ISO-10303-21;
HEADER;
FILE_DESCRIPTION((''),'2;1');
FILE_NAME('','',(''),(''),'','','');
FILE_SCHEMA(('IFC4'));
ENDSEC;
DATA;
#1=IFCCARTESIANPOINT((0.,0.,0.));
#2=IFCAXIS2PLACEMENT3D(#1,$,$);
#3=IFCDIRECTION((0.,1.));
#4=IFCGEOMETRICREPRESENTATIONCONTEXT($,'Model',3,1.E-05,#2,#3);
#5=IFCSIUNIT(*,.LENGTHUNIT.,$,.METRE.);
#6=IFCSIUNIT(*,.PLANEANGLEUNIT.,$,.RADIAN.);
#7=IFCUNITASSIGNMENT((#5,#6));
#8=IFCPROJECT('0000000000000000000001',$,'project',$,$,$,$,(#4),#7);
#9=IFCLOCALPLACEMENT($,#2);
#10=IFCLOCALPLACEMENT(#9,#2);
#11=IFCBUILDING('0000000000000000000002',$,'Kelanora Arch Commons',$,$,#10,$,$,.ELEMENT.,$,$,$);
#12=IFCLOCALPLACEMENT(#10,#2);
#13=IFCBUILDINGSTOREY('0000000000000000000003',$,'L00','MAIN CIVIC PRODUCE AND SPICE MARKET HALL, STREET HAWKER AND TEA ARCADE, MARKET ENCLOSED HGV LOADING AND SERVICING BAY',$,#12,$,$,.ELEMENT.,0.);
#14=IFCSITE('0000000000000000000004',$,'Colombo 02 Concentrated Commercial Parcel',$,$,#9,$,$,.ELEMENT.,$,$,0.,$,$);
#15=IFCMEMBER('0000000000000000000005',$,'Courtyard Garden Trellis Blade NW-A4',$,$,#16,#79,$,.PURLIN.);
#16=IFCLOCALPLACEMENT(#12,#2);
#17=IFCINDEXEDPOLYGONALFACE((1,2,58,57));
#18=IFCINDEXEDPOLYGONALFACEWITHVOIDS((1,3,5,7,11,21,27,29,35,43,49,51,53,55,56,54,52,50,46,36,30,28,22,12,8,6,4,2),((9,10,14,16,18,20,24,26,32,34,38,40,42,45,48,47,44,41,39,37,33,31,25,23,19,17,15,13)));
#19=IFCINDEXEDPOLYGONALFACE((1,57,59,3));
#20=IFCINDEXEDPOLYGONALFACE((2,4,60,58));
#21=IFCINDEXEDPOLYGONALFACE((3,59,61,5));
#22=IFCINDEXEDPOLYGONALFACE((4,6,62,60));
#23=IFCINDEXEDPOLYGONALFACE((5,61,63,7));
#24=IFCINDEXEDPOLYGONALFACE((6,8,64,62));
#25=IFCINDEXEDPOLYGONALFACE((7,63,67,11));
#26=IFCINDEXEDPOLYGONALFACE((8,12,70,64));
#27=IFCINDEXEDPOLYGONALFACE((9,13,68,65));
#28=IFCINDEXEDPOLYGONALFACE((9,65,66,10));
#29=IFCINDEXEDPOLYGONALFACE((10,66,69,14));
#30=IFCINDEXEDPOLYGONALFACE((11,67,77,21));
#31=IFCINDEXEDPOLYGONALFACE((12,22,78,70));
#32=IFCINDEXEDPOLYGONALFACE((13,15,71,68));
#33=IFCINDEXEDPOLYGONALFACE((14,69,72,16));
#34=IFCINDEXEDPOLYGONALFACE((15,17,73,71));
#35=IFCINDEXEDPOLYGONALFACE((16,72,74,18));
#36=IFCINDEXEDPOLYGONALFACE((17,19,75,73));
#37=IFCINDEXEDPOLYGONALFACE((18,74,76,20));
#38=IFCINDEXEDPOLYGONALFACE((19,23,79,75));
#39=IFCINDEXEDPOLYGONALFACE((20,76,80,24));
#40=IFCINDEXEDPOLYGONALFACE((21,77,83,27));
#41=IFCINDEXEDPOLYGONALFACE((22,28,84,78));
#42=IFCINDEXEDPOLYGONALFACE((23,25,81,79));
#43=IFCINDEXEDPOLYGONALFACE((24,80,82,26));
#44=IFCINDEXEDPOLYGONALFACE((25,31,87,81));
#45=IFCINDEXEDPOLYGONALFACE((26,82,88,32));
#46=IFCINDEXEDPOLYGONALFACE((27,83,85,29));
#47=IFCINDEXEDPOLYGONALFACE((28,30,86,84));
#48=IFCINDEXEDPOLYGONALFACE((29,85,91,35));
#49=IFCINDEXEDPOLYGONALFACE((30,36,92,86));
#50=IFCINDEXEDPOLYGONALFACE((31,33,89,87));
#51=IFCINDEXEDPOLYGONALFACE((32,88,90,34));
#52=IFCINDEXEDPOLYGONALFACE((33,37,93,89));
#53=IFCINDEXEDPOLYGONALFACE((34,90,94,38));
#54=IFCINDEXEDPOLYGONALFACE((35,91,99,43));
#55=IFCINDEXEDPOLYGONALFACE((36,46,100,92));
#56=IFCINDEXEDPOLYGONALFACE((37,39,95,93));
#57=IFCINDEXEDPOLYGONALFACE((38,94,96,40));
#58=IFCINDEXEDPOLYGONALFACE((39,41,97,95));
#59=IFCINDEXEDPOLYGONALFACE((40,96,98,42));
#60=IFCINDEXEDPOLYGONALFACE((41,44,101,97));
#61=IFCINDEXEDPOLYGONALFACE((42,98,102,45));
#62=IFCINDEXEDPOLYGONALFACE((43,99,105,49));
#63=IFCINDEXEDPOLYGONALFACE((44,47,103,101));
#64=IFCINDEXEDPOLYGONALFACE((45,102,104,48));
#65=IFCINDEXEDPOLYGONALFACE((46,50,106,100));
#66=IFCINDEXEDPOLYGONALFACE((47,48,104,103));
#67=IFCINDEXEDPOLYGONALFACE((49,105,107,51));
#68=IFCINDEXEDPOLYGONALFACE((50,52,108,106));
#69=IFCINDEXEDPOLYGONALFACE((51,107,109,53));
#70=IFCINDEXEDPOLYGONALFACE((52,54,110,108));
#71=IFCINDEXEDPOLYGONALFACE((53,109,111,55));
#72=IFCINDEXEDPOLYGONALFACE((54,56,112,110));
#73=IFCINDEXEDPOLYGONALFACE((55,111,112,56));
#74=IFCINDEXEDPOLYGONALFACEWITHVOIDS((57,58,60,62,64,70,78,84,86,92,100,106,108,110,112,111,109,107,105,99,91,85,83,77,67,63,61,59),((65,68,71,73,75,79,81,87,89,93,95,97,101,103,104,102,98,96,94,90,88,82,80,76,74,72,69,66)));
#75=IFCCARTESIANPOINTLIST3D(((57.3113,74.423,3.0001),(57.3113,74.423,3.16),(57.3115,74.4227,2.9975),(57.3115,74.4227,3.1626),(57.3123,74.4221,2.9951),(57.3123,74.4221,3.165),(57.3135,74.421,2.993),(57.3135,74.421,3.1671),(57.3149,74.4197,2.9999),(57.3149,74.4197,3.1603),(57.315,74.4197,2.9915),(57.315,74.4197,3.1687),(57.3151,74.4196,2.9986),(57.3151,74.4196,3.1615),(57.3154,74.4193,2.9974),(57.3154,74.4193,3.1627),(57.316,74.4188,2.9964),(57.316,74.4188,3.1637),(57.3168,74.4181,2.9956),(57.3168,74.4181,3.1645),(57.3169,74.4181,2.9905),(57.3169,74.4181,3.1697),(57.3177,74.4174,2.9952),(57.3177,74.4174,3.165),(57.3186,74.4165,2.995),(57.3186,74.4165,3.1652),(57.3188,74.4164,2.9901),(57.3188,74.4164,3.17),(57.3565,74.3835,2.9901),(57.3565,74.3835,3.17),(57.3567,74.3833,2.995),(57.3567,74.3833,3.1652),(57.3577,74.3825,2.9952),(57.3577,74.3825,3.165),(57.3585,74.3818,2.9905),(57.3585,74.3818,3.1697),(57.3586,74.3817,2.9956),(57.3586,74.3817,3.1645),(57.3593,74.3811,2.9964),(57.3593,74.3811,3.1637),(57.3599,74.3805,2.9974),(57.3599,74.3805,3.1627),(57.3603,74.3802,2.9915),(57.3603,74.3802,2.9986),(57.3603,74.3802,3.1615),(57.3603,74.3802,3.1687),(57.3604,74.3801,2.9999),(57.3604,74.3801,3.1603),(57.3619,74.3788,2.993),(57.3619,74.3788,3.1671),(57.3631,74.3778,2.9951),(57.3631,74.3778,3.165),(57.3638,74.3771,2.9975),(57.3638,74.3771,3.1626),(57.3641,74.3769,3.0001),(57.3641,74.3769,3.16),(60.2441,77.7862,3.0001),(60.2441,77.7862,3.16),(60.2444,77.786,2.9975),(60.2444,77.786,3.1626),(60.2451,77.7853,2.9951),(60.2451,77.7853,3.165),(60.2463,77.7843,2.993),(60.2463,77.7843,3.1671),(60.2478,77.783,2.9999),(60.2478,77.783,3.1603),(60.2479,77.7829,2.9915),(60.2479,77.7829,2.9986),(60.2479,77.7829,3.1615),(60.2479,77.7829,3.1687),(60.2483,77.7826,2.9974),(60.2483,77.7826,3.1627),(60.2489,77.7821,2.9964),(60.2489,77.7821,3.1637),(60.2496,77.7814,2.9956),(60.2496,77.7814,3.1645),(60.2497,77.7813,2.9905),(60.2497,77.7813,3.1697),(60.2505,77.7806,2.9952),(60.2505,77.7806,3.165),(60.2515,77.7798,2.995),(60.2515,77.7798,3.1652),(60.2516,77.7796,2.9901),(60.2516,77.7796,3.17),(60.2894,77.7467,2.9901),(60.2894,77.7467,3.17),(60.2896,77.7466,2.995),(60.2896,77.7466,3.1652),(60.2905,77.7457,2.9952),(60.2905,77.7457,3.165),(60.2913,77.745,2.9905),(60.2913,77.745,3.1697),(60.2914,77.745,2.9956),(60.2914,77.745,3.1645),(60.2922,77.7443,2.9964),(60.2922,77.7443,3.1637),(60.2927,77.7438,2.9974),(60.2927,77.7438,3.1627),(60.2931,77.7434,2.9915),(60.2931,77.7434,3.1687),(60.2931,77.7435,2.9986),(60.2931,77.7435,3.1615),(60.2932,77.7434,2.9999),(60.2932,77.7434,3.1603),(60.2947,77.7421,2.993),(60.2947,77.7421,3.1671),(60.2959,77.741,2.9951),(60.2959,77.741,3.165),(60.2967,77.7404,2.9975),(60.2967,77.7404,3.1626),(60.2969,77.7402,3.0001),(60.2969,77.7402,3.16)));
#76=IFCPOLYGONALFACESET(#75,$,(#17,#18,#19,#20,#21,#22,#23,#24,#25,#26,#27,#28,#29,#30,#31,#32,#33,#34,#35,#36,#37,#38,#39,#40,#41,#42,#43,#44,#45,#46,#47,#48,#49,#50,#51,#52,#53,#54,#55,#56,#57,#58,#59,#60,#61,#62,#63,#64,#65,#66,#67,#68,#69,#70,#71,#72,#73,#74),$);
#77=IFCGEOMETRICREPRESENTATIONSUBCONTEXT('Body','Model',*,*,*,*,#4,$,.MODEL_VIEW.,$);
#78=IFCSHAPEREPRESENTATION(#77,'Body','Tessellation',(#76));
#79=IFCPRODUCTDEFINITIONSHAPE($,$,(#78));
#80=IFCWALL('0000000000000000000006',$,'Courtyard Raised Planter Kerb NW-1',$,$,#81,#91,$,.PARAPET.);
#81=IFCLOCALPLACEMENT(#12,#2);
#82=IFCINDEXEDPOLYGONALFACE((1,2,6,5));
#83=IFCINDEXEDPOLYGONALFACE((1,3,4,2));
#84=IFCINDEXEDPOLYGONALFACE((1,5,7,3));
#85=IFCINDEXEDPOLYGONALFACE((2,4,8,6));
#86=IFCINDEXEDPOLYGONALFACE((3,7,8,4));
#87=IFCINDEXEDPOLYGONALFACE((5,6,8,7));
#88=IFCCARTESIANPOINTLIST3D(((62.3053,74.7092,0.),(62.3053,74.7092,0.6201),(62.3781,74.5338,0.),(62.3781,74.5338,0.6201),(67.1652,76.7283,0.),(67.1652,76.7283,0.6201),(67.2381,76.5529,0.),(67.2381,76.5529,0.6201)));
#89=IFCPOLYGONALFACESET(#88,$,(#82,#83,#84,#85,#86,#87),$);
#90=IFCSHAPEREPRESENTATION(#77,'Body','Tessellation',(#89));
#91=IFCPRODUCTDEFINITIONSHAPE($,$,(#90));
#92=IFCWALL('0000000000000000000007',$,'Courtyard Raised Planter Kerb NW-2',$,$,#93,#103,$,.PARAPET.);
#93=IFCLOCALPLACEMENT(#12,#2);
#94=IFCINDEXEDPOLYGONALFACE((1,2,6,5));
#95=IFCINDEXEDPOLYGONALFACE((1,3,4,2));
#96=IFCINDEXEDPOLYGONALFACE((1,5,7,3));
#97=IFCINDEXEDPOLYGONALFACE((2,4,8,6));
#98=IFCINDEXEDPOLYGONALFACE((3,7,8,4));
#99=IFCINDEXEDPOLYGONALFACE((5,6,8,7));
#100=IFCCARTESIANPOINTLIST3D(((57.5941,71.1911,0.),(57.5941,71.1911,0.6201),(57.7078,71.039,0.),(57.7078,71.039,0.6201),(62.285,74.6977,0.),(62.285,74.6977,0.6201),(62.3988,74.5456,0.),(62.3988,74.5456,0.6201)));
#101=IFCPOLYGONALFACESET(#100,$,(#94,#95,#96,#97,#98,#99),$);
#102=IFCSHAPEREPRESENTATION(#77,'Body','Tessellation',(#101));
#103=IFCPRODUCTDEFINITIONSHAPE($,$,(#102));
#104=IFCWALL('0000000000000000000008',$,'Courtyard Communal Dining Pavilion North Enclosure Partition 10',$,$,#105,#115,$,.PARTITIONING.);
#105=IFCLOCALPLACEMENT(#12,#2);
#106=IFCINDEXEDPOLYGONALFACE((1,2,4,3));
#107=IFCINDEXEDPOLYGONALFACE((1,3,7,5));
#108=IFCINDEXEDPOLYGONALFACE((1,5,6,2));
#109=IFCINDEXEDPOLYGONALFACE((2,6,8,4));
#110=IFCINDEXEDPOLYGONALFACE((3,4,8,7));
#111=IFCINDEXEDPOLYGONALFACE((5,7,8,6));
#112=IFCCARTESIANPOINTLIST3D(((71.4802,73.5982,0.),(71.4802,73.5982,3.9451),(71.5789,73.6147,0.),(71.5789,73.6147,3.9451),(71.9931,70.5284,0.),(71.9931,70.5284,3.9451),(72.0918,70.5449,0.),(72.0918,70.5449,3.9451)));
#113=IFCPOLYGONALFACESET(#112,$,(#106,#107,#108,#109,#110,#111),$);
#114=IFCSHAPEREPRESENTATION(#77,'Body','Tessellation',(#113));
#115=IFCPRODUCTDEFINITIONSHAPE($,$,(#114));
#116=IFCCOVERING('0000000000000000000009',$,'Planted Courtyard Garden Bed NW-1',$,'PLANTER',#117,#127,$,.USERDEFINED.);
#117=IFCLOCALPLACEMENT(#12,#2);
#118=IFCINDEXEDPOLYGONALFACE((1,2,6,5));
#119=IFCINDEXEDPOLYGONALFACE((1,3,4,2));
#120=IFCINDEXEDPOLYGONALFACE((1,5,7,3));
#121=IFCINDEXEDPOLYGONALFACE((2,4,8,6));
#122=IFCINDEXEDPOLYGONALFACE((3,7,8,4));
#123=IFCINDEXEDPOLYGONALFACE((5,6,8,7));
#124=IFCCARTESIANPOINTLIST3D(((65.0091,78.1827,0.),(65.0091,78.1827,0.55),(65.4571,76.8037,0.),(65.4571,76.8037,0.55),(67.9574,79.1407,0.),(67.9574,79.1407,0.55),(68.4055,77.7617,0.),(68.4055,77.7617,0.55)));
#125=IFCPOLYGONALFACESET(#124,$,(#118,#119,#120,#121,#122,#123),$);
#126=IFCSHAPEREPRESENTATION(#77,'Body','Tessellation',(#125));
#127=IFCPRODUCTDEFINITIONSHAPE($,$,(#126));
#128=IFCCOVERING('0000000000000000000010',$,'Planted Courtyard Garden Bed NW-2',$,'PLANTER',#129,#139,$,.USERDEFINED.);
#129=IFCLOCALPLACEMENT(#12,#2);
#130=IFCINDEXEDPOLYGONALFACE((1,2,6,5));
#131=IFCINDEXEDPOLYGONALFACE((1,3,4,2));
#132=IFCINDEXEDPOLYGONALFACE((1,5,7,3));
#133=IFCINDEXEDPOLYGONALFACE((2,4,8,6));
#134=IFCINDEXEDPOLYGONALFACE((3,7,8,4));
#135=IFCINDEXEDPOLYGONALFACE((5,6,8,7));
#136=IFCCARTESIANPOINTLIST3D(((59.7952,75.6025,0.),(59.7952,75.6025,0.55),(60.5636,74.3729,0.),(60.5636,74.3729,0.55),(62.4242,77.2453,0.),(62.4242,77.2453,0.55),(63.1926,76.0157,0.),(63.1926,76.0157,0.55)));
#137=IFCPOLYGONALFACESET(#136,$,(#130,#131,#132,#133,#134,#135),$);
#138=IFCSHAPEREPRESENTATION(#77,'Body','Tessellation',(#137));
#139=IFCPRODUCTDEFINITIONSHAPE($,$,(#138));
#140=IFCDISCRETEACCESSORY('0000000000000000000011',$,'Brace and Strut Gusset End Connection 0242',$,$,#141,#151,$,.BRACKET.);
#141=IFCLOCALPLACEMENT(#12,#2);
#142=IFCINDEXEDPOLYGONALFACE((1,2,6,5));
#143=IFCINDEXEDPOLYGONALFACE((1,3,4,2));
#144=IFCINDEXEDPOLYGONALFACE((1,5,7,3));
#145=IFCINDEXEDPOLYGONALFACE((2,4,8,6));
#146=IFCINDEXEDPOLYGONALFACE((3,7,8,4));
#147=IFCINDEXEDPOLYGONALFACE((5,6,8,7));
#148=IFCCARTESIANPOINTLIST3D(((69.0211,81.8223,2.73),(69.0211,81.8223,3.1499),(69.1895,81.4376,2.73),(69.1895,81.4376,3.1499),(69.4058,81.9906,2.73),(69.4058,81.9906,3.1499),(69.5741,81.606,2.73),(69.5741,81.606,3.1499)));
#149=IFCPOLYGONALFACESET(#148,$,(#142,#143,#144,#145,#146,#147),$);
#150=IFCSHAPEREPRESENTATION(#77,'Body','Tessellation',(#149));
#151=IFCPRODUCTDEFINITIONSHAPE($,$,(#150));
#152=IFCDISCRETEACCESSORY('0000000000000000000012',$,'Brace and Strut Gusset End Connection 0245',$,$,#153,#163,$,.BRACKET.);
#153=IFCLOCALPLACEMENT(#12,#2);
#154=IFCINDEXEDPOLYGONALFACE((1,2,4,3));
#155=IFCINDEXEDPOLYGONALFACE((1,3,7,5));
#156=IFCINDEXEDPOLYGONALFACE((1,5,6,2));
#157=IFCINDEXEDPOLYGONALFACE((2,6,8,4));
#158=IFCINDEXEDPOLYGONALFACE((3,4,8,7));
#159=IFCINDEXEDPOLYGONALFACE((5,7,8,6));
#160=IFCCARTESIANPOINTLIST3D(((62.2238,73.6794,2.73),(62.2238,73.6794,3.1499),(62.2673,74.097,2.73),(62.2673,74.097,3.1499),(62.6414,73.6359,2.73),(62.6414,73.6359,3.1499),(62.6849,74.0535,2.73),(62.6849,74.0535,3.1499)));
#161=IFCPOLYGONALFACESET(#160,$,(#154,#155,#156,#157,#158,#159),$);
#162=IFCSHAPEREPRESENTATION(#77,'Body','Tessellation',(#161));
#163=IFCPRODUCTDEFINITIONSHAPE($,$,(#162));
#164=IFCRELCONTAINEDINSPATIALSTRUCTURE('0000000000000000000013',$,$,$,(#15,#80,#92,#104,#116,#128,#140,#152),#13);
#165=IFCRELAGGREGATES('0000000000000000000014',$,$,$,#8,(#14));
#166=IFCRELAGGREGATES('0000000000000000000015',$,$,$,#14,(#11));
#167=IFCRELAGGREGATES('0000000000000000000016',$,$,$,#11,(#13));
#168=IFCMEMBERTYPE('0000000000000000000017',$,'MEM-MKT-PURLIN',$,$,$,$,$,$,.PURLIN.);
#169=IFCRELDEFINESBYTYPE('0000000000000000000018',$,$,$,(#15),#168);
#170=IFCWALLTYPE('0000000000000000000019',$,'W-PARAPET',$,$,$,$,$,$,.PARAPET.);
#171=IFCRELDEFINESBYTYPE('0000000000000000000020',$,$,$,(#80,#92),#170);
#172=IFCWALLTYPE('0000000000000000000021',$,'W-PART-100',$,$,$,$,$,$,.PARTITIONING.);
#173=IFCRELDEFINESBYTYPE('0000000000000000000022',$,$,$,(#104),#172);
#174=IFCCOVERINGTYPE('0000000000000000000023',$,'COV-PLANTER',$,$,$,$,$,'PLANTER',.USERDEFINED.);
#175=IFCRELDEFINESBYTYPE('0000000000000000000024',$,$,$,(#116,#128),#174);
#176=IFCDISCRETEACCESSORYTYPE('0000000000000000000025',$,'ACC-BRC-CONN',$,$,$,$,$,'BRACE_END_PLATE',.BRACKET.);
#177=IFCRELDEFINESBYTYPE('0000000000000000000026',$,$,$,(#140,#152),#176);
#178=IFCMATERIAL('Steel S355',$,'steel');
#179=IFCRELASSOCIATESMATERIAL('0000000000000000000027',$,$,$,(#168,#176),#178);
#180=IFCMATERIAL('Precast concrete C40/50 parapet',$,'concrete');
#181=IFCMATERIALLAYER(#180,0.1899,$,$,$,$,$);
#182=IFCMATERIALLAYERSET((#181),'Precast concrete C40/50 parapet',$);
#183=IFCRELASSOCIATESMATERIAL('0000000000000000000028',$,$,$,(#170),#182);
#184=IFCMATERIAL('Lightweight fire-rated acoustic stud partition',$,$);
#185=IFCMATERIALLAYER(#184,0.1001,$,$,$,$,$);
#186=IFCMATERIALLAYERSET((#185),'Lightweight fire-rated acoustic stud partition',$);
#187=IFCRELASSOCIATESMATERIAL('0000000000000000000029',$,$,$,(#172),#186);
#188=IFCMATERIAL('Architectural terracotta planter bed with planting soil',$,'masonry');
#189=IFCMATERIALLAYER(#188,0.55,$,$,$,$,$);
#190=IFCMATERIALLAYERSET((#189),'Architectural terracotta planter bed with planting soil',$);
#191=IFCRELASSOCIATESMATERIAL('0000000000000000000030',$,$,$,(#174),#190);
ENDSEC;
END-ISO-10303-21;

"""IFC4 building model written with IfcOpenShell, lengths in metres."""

from ifc_helpers import new_model, si_unit, direction, frame, frame_2d, origin, origin_2d, place, context, subcontext, project, spatial, rectangle, hollow_rectangle, extrude, source, transform, mapped, material, layer, layer_set, material_profile, profile_set, type_object, element, save


model = new_model("IFC4")

# Units and contexts
model_context = context("Model", 3, precision=1e-05, world=origin(), true_north=direction((0.0, 1.0)))
body_context = subcontext(model_context, "Body", "Model", "MODEL_VIEW")
ifc_project = project(units=[si_unit("LENGTHUNIT", "METRE"), si_unit("PLANEANGLEUNIT", "RADIAN")], contexts=[model_context])

# Site, building, storey
site_placement = place(None, origin())
site = spatial("IfcSite", under=ifc_project, at=site_placement, Name="Colombo 02 Concentrated Commercial Parcel", CompositionType="ELEMENT", RefElevation=0.0)
building_placement = place(site_placement, origin())
building = spatial("IfcBuilding", under=site, at=building_placement, Name="Kelanora Arch Commons", CompositionType="ELEMENT")
storey_placement = place(building_placement, origin())
storey = spatial("IfcBuildingStorey", under=building, at=storey_placement, Name="L00", Description="MAIN CIVIC PRODUCE AND SPICE MARKET HALL, STREET HAWKER AND TEA ARCADE, MARKET ENCLOSED HGV LOADING AND SERVICING BAY", CompositionType="ELEMENT", Elevation=0.0)

# Shared definitions
ifc_material_1 = material(Name="Steel S355", Category="steel")

# Member
ifc_material_profile_1 = material_profile(ifc_material_1, hollow_rectangle(XDim=0.0701, YDim=0.1799, WallThickness=0.0049, InnerFilletRadius=0.0049, OuterFilletRadius=0.01, at=origin_2d()), Name="RHS180x70x5")
ifc_profile_set_1 = profile_set([ifc_material_profile_1], Name="Steel S355")
member_type_1 = type_object("IfcMemberType", Name="MEM-MKT-PURLIN", PredefinedType="PURLIN", material=ifc_profile_set_1)
member_1_placement = place(storey_placement, frame((60.2705, 77.7632, 3.0801), z_axis=(-0.657233, -0.753687, 0.0), x_axis=(0.753687, -0.657233, 0.0)))
element("IfcMember", 1, at=member_1_placement, inside=storey, type_object=member_type_1, Name="Courtyard Garden Trellis Blade NW-A4", PredefinedType="PURLIN", context=body_context, shape_type="SweptSolid", body=[
    extrude(hollow_rectangle(XDim=0.0701, YDim=0.1799, WallThickness=0.0049, InnerFilletRadius=0.0049, OuterFilletRadius=0.01, at=origin_2d()), origin(), (0.0, 0.0, 1.0), 4.4624),
])

# Walls
ifc_material_2 = material(Name="Precast concrete C40/50 parapet", Category="concrete")
ifc_layer_1 = layer(ifc_material_2, 0.1899)
ifc_layer_set_1 = layer_set([ifc_layer_1], Name="Precast concrete C40/50 parapet")
wall_type_1 = type_object("IfcWallType", Name="W-PARAPET", PredefinedType="PARAPET", material=ifc_layer_set_1)
wall_1_placement = place(storey_placement, frame((67.2017, 76.6406, 0.0), z_axis=(0.0, 0.0, 1.0), x_axis=(-0.923474, -0.38366, 0.0)))
element("IfcWall", 2, at=wall_1_placement, inside=storey, type_object=wall_type_1, Name="Courtyard Raised Planter Kerb NW-1", PredefinedType="PARAPET", context=body_context, shape_type="SweptSolid", body=[
    extrude(rectangle(XDim=5.2627, YDim=0.1899, at=frame_2d((2.6313, 0.0))), origin(), (0.0, 0.0, 1.0), 0.6201),
])
wall_2_placement = place(storey_placement, frame((62.3418, 74.6216, 0.0), z_axis=(0.0, 0.0, 1.0), x_axis=(-0.800949, -0.598732, 0.0)))
element("IfcWall", 3, at=wall_2_placement, inside=storey, type_object=wall_type_1, Name="Courtyard Raised Planter Kerb NW-2", PredefinedType="PARAPET", context=body_context, shape_type="SweptSolid", body=[
    extrude(rectangle(XDim=5.8567, YDim=0.1899, at=frame_2d((2.9282, 0.0))), origin(), (0.0, 0.0, 1.0), 0.6201),
])
ifc_material_3 = material(Name="Lightweight fire-rated acoustic stud partition")
ifc_layer_2 = layer(ifc_material_3, 0.1001)
ifc_layer_set_2 = layer_set([ifc_layer_2], Name="Lightweight fire-rated acoustic stud partition")
wall_type_2 = type_object("IfcWallType", Name="W-PART-100", PredefinedType="PARTITIONING", material=ifc_layer_set_2)
wall_3_placement = place(storey_placement, frame((71.5295, 73.6064, 0.0), z_axis=(0.0, 0.0, 1.0), x_axis=(0.164806, -0.986326, 0.0)))
element("IfcWall", 4, at=wall_3_placement, inside=storey, type_object=wall_type_2, Name="Courtyard Communal Dining Pavilion North Enclosure Partition 10", PredefinedType="PARTITIONING", context=body_context, shape_type="SweptSolid", body=[
    extrude(rectangle(XDim=3.1123, YDim=0.1001, at=frame_2d((1.5562, 0.0))), origin(), (0.0, 0.0, 1.0), 3.9451),
])

# Coverings
ifc_material_4 = material(Name="Architectural terracotta planter bed with planting soil", Category="masonry")
ifc_layer_3 = layer(ifc_material_4, 0.55)
ifc_layer_set_3 = layer_set([ifc_layer_3], Name="Architectural terracotta planter bed with planting soil")
covering_type = type_object("IfcCoveringType", Name="COV-PLANTER", ElementType="PLANTER", PredefinedType="USERDEFINED", material=ifc_layer_set_3)
shared_shape_1 = source(origin(), body_context, "Body", "SweptSolid", [
    extrude(rectangle(XDim=3.1001, YDim=1.45, at=origin_2d()), origin(), (0.0, 0.0, 1.0), 0.55),
])
for number, where, z_axis, x_axis, name in (
    (5, (66.7073, 77.9722, 0.0), (0.0, 0.0, 1.0), (-0.951057, -0.309017, 0.0), "Planted Courtyard Garden Bed NW-1"),
    (6, (61.4939, 75.8091, 0.0), (0.0, 0.0, 1.0), (-0.848048, -0.529919, 0.0), "Planted Courtyard Garden Bed NW-2"),
):
    element("IfcCovering", number, at=place(storey_placement, frame(where, z_axis=z_axis, x_axis=x_axis)), inside=storey, type_object=covering_type, Name=name, ObjectType="PLANTER", PredefinedType="USERDEFINED", context=body_context, shape_type="MappedRepresentation", body=[
        mapped(shared_shape_1, transform((0.0, 0.0, 0.0), scale=1.0)),
    ])

# Discrete accessories
discrete_accessory_type = type_object("IfcDiscreteAccessoryType", Name="ACC-BRC-CONN", ElementType="BRACE_END_PLATE", PredefinedType="BRACKET", material=ifc_material_1)
shared_shape_2 = source(origin(), body_context, "Body", "SweptSolid", [
    extrude(rectangle(XDim=0.4199, YDim=0.4199, at=origin_2d()), origin(), (0.0, 0.0, 1.0), 0.4199),
])
for number, where, z_axis, x_axis, name in (
    (7, (69.2976, 81.7141, 2.73), (0.0, 0.0, 1.0), (-0.916083, -0.400989, 0.0), "Brace and Strut Gusset End Connection 0242"),
    (8, (62.4543, 73.8665, 2.73), (0.0, 0.0, 1.0), (-0.994613, 0.103661, 0.0), "Brace and Strut Gusset End Connection 0245"),
):
    element("IfcDiscreteAccessory", number, at=place(storey_placement, frame(where, z_axis=z_axis, x_axis=x_axis)), inside=storey, type_object=discrete_accessory_type, Name=name, PredefinedType="BRACKET", context=body_context, shape_type="MappedRepresentation", body=[
        mapped(shared_shape_2, transform((0.0, 0.0, 0.0), scale=1.0)),
    ])

save(model, "model.ifc")
